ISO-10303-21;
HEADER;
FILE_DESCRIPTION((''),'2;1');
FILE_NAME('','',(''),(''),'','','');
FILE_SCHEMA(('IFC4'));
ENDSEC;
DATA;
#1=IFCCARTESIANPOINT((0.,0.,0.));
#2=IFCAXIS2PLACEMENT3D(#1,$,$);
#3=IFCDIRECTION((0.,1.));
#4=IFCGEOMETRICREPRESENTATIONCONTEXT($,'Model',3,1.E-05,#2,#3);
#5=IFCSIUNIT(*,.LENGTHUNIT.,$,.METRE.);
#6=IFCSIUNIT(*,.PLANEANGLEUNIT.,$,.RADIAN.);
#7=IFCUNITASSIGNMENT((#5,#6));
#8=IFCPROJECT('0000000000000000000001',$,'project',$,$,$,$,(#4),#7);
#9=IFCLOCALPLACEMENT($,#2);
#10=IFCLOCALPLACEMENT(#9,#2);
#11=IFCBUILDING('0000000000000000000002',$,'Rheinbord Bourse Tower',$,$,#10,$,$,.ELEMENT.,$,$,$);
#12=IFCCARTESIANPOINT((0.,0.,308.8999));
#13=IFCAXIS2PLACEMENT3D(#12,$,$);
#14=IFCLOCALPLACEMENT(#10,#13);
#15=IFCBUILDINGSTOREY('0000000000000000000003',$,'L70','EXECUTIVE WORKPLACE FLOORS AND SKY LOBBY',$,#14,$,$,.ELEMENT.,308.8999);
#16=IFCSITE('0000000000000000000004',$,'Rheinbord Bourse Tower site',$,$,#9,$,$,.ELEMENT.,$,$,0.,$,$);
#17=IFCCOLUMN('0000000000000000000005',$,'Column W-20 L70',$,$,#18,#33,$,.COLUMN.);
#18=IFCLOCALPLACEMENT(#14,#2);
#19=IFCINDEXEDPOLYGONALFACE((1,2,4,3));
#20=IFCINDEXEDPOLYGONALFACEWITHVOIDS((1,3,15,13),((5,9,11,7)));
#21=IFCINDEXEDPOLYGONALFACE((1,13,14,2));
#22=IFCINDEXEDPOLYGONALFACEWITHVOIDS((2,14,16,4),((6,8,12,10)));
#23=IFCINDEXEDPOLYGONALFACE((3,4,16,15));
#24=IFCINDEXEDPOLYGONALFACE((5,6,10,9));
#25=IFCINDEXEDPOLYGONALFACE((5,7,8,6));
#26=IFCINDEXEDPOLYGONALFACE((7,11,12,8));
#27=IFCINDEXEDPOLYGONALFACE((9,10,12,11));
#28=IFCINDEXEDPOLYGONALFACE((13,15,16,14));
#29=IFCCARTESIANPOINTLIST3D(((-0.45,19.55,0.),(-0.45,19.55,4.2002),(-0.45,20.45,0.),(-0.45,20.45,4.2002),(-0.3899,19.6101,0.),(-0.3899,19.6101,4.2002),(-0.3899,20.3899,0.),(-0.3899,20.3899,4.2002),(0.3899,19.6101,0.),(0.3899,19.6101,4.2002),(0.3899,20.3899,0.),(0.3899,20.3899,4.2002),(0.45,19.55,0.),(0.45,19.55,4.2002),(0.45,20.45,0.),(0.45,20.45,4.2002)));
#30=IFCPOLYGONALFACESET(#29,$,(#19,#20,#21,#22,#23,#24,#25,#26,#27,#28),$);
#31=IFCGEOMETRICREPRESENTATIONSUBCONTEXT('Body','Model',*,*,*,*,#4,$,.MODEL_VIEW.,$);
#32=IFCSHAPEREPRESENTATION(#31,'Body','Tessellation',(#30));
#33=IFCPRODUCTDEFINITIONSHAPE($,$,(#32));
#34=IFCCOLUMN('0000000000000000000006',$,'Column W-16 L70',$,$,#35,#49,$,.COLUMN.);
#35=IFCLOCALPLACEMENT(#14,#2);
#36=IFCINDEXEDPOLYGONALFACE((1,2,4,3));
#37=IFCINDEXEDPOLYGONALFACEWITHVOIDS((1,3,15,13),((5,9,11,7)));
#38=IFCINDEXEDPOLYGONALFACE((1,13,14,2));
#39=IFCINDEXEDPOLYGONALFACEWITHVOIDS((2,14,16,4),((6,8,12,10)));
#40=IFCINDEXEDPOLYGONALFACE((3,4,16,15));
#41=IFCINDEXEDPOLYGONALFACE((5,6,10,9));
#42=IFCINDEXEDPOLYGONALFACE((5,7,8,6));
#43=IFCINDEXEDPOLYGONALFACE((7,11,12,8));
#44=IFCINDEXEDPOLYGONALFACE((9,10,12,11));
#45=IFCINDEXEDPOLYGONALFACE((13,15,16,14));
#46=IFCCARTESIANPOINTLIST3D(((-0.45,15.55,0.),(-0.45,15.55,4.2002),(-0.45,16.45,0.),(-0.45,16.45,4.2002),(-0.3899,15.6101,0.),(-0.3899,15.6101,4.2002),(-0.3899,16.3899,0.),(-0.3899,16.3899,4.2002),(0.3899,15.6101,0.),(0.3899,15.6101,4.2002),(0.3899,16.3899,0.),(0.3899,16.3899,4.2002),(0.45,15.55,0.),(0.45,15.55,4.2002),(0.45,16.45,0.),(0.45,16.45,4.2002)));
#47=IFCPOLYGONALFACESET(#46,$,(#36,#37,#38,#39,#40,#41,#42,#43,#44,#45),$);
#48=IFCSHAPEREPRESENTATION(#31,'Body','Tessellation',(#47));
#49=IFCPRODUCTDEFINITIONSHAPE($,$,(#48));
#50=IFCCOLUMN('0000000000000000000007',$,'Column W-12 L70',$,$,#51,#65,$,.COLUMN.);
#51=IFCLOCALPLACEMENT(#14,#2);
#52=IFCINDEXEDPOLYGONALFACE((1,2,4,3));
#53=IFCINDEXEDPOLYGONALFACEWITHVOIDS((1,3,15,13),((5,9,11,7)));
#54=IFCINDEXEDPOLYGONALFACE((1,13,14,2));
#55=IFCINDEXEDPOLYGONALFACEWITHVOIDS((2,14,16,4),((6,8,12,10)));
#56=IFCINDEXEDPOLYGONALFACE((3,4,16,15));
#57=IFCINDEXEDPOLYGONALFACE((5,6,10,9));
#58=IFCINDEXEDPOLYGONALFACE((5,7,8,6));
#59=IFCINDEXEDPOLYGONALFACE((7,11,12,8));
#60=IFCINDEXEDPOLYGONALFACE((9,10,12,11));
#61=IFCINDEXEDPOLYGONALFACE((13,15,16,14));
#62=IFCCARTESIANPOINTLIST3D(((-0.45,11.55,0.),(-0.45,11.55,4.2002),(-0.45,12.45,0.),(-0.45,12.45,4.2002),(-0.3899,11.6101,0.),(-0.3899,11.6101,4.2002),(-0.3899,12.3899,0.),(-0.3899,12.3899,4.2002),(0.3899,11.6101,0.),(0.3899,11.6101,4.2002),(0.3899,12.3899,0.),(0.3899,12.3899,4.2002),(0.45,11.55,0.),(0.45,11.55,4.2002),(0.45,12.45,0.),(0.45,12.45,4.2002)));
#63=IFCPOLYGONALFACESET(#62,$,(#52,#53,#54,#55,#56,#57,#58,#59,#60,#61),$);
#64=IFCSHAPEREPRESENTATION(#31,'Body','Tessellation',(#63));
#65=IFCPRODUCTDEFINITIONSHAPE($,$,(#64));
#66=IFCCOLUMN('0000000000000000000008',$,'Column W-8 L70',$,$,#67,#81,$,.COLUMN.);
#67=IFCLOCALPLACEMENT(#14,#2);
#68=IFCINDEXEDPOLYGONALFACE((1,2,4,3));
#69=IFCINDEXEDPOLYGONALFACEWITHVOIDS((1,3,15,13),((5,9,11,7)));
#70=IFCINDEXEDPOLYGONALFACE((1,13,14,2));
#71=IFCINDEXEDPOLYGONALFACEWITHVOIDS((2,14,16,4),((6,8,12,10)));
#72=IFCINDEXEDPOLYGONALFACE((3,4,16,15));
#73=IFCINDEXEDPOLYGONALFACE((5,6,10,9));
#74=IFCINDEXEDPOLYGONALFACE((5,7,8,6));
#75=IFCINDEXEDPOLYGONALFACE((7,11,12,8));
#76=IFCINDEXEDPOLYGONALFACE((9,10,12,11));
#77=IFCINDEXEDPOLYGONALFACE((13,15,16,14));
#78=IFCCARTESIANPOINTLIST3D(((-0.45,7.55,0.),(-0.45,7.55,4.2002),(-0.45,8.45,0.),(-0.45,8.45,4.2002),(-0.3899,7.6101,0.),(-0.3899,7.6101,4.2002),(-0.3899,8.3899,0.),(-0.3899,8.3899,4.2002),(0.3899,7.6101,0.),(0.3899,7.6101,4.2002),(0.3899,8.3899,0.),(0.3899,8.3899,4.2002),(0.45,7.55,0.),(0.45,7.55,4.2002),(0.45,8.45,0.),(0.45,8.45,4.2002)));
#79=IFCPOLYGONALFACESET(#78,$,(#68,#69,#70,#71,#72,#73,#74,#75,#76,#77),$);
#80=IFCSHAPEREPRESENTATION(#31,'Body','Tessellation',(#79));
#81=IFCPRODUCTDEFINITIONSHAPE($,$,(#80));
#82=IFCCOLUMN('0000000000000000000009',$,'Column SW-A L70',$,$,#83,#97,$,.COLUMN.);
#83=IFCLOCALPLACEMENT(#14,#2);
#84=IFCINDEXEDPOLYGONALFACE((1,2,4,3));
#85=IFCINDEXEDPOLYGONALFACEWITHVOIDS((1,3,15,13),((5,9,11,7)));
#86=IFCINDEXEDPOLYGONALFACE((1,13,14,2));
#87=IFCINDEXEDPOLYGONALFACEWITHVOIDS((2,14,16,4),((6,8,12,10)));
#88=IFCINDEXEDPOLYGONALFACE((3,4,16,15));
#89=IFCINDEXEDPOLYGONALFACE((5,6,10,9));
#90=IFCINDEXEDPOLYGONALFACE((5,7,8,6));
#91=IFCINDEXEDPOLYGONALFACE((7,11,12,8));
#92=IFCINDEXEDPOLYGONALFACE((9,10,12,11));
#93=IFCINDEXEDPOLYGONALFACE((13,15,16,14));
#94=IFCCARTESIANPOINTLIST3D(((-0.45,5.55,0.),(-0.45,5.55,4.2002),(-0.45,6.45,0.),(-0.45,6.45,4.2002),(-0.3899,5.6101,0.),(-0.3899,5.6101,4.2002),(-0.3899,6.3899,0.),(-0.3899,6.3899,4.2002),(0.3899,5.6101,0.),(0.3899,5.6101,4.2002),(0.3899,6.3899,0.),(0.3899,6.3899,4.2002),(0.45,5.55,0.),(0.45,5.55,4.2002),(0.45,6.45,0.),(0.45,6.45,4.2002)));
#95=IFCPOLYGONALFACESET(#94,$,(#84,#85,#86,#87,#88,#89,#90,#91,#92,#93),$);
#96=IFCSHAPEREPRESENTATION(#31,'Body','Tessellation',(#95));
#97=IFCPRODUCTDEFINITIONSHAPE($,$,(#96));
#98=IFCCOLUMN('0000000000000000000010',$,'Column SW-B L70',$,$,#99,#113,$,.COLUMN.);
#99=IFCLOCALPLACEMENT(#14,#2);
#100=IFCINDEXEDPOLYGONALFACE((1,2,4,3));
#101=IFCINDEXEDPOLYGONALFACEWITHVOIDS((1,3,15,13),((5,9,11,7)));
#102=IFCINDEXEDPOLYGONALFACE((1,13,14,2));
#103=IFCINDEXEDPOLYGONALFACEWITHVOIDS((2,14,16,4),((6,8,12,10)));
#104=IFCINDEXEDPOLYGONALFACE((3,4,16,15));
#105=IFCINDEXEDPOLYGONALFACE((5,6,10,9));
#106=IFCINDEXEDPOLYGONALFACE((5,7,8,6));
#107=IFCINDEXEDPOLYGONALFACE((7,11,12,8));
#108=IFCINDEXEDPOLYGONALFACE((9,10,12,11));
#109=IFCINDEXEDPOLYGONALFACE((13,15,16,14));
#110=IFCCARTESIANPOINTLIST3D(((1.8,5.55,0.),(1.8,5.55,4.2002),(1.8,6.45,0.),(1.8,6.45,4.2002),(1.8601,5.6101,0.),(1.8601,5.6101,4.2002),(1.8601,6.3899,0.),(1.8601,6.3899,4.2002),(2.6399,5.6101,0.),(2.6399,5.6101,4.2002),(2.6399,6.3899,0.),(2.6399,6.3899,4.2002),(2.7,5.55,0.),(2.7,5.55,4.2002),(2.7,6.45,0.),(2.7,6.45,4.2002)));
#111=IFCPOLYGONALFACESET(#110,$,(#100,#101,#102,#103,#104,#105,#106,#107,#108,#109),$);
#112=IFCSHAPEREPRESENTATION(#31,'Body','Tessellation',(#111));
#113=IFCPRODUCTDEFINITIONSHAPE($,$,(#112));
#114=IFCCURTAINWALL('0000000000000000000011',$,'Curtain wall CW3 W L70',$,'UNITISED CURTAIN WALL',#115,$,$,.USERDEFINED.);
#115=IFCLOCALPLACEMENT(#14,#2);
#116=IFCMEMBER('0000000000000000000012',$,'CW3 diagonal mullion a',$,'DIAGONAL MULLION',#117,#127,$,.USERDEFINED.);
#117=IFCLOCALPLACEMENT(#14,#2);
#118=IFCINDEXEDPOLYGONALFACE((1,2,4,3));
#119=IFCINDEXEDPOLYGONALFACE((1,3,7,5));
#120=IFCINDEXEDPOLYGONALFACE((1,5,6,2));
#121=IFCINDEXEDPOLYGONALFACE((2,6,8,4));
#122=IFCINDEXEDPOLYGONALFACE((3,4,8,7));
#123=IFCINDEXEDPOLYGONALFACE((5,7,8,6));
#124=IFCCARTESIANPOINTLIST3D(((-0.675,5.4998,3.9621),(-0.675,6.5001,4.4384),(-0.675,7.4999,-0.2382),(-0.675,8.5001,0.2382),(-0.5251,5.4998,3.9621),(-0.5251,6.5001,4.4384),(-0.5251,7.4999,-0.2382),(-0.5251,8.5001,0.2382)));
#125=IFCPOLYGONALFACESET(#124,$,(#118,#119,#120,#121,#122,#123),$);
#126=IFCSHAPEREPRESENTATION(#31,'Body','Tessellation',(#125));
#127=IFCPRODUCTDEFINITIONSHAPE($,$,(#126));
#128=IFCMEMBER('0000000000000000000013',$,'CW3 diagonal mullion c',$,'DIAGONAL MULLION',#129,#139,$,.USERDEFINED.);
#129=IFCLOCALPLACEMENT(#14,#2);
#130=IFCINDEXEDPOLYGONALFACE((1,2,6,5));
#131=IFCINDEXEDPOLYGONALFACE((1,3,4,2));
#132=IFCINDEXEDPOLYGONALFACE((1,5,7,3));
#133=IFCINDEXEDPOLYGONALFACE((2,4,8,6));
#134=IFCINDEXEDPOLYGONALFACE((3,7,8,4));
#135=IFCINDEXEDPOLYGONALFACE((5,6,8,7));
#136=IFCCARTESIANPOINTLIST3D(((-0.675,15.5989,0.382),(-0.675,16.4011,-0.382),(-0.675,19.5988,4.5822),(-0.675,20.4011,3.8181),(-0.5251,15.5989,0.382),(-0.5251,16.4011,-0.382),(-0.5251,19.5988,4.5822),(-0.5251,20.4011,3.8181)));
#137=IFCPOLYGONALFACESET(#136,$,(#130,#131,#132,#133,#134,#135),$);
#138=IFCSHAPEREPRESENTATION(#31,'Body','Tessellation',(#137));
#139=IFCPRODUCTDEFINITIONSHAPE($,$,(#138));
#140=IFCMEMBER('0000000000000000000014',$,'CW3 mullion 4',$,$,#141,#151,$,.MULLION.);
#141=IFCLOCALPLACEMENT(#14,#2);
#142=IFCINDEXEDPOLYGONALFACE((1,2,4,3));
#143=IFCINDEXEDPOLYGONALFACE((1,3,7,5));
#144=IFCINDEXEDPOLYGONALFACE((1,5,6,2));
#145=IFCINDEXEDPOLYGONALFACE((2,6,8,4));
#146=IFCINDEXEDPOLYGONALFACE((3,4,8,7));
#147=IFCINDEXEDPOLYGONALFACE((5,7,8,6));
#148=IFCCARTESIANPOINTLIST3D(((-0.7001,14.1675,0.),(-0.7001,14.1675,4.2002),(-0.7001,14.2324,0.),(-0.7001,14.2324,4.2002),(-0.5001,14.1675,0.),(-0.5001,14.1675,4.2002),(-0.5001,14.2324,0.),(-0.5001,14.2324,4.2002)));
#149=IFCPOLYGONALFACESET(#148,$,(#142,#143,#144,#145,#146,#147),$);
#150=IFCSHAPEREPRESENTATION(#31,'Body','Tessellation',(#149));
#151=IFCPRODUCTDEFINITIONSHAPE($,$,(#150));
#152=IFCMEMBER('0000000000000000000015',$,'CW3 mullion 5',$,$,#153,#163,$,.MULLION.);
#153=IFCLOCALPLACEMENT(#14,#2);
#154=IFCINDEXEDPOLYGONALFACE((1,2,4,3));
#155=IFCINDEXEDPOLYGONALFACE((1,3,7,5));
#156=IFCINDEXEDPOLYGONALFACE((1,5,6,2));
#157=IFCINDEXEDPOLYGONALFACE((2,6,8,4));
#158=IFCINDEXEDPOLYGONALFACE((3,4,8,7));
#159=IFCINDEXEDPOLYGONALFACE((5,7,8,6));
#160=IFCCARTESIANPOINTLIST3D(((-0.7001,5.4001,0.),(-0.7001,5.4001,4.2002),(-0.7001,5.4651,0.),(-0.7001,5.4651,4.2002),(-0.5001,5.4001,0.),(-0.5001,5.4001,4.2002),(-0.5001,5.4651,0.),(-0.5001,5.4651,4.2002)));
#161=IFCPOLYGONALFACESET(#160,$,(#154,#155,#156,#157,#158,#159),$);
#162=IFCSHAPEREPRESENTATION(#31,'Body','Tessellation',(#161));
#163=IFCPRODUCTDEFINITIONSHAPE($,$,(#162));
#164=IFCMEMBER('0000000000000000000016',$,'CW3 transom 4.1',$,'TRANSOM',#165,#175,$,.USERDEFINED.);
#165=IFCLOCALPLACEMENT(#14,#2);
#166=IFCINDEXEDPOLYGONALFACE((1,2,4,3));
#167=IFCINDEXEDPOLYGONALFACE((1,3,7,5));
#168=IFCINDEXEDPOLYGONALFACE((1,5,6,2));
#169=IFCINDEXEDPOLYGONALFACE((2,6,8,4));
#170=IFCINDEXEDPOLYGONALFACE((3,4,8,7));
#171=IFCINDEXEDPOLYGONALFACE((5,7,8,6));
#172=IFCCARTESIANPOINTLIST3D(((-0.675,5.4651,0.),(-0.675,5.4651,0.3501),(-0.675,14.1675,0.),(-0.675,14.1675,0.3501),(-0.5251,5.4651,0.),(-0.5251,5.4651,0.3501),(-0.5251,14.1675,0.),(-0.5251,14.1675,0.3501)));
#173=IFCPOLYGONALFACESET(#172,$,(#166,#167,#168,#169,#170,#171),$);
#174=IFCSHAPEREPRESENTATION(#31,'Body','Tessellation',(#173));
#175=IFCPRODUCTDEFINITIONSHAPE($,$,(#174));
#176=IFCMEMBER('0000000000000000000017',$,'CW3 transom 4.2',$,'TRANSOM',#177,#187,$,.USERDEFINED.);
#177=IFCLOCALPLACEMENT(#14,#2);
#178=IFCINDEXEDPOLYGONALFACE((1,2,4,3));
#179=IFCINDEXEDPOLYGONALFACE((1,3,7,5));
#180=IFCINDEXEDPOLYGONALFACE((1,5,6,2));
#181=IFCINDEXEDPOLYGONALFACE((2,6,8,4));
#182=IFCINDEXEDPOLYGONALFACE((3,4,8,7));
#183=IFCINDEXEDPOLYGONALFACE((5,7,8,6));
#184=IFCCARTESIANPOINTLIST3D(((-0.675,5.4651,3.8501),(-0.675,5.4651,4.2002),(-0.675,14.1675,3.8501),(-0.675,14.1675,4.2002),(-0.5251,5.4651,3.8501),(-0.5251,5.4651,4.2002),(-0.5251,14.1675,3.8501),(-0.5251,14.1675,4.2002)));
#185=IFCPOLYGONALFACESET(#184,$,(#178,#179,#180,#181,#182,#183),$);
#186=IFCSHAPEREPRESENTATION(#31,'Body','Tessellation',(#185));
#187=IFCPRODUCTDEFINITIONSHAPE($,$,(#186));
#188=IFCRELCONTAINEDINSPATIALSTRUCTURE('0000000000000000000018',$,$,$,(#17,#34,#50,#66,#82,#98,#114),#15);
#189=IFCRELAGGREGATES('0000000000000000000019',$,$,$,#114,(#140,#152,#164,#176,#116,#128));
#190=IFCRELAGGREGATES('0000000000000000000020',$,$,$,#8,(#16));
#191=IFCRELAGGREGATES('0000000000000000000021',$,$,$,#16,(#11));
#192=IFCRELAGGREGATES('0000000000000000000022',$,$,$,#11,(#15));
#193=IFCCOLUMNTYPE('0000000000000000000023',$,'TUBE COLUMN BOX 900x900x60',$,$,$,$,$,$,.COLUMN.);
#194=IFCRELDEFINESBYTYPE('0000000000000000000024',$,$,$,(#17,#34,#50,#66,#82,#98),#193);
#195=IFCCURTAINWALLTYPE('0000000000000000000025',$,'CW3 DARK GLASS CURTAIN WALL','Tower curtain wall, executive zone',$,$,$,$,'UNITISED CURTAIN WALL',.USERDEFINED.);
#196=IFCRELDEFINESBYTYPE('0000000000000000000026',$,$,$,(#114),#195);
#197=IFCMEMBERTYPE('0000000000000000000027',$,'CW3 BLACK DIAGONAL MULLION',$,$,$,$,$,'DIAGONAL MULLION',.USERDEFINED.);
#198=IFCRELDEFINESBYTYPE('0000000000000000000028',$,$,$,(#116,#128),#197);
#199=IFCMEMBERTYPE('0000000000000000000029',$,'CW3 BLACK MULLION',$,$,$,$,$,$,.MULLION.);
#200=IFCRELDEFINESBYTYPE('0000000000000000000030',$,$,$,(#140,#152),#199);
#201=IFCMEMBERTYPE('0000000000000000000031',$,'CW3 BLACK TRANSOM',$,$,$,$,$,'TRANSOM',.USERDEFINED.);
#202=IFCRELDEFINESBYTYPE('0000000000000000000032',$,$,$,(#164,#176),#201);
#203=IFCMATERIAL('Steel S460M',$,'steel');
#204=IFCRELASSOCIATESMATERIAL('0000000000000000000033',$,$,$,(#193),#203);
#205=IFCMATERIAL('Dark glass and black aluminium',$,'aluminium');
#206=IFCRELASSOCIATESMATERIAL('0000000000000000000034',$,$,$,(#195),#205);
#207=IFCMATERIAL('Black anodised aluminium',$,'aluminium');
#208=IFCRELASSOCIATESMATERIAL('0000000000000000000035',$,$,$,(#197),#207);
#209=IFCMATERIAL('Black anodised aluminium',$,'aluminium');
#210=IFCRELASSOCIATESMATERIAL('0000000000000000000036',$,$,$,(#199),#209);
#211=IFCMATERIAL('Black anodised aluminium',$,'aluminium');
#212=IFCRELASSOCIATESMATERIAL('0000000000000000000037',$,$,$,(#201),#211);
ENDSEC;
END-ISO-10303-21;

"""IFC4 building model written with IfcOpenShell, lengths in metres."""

from ifc_helpers import new_model, si_unit, direction, frame, origin, origin_2d, place, context, subcontext, project, spatial, rectangle, hollow_rectangle, extrude, material, material_profile, profile_set, type_object, element, aggregate, save


model = new_model("IFC4")

# Units and contexts
model_context = context("Model", 3, precision=1e-05, world=origin(), true_north=direction((0.0, 1.0)))
body_context = subcontext(model_context, "Body", "Model", "MODEL_VIEW")
ifc_project = project(units=[si_unit("LENGTHUNIT", "METRE"), si_unit("PLANEANGLEUNIT", "RADIAN")], contexts=[model_context])

# Site, building, storey
site_placement = place(None, origin())
site = spatial("IfcSite", under=ifc_project, at=site_placement, Name="Rheinbord Bourse Tower site", CompositionType="ELEMENT", RefElevation=0.0)
building_placement = place(site_placement, origin())
building = spatial("IfcBuilding", under=site, at=building_placement, Name="Rheinbord Bourse Tower", CompositionType="ELEMENT")
storey_placement = place(building_placement, frame((0.0, 0.0, 308.8999)))
storey = spatial("IfcBuildingStorey", under=building, at=storey_placement, Name="L70", Description="EXECUTIVE WORKPLACE FLOORS AND SKY LOBBY", CompositionType="ELEMENT", Elevation=308.8999)

# Columns
ifc_material_1 = material(Name="Steel S460M", Category="steel")
ifc_material_profile_1 = material_profile(ifc_material_1, hollow_rectangle(XDim=0.8999, YDim=0.8999, WallThickness=0.0601, at=origin_2d()), Name="BOX 900x900x60")
ifc_profile_set_1 = profile_set([ifc_material_profile_1], Name="Steel S460M")
column_type = type_object("IfcColumnType", Name="TUBE COLUMN BOX 900x900x60", PredefinedType="COLUMN", material=ifc_profile_set_1)
for number, where, z_axis, x_axis, name in (
    (1, (0.0, 20.0, 0.0), (0.0, 0.0, 1.0), (1.0, 0.0, 0.0), "Column W-20 L70"),
    (2, (0.0, 16.0, 0.0), (0.0, 0.0, 1.0), (1.0, 0.0, 0.0), "Column W-16 L70"),
    (3, (0.0, 12.0, 0.0), (0.0, 0.0, 1.0), (1.0, 0.0, 0.0), "Column W-12 L70"),
    (4, (0.0, 8.0, 0.0), (0.0, 0.0, 1.0), (1.0, 0.0, 0.0), "Column W-8 L70"),
    (5, (0.0, 6.0, 0.0), (0.0, 0.0, 1.0), (1.0, 0.0, 0.0), "Column SW-A L70"),
    (6, (2.25, 6.0, 0.0), (0.0, 0.0, 1.0), (1.0, 0.0, 0.0), "Column SW-B L70"),
):
    element("IfcColumn", number, at=place(storey_placement, frame(where, z_axis=z_axis, x_axis=x_axis)), inside=storey, type_object=column_type, Name=name, PredefinedType="COLUMN", context=body_context, shape_type="SweptSolid", body=[
        extrude(hollow_rectangle(XDim=0.8999, YDim=0.8999, WallThickness=0.0601, at=origin_2d()), origin(), (0.0, 0.0, 1.0), 4.2002),
    ])

# Curtain wall, members
ifc_material_2 = material(Name="Dark glass and black aluminium", Category="aluminium")
curtain_wall_type = type_object("IfcCurtainWallType", Name="CW3 DARK GLASS CURTAIN WALL", Description="Tower curtain wall, executive zone", ElementType="UNITISED CURTAIN WALL", PredefinedType="USERDEFINED", material=ifc_material_2)
curtain_wall_placement = place(storey_placement, origin())
curtain_wall = element("IfcCurtainWall", 7, at=curtain_wall_placement, inside=storey, type_object=curtain_wall_type, Name="Curtain wall CW3 W L70", ObjectType="UNITISED CURTAIN WALL", PredefinedType="USERDEFINED")
ifc_material_3 = material(Name="Black anodised aluminium", Category="aluminium")
ifc_material_profile_2 = material_profile(ifc_material_3, rectangle(XDim=0.1499, YDim=1.1079, at=origin_2d()), Name="CW3 DIAGONAL MULLION 1108x150")
ifc_profile_set_2 = profile_set([ifc_material_profile_2], Name="Black anodised aluminium")
member_type_1 = type_object("IfcMemberType", Name="CW3 BLACK DIAGONAL MULLION", ElementType="DIAGONAL MULLION", PredefinedType="USERDEFINED", material=ifc_profile_set_2)
member_1_placement = place(storey_placement, frame((-0.6001, 8.0, 0.0), z_axis=(0.0, -0.429917, 0.902868), x_axis=(1.0, 0.0, 0.0)))
member_1 = element("IfcMember", 8, at=member_1_placement, type_object=member_type_1, Name="CW3 diagonal mullion a", ObjectType="DIAGONAL MULLION", PredefinedType="USERDEFINED", context=body_context, shape_type="SweptSolid", body=[
    extrude(rectangle(XDim=0.1499, YDim=1.1079, at=origin_2d()), origin(), (0.0, 0.0, 1.0), 4.6521),
])
member_2_placement = place(storey_placement, frame((-0.6001, 16.0, 0.0), z_axis=(0.0, 0.689638, 0.724154), x_axis=(-1.0, 0.0, 0.0)))
member_2 = element("IfcMember", 9, at=member_2_placement, type_object=member_type_1, Name="CW3 diagonal mullion c", ObjectType="DIAGONAL MULLION", PredefinedType="USERDEFINED", context=body_context, shape_type="SweptSolid", body=[
    extrude(rectangle(XDim=0.1499, YDim=1.1079, at=origin_2d()), origin(), (0.0, 0.0, 1.0), 5.8),
])
ifc_material_4 = material(Name="Black anodised aluminium", Category="aluminium")
ifc_material_profile_3 = material_profile(ifc_material_4, rectangle(XDim=0.2, YDim=0.0649, at=origin_2d()), Name="CW3 MULLION 65x200")
ifc_profile_set_3 = profile_set([ifc_material_profile_3], Name="Black anodised aluminium")
member_type_2 = type_object("IfcMemberType", Name="CW3 BLACK MULLION", PredefinedType="MULLION", material=ifc_profile_set_3)
member_3_placement = place(storey_placement, frame((-0.6001, 14.2, 0.0), z_axis=(0.0, 0.0, 1.0), x_axis=(1.0, 0.0, 0.0)))
member_3 = element("IfcMember", 10, at=member_3_placement, type_object=member_type_2, Name="CW3 mullion 4", PredefinedType="MULLION", context=body_context, shape_type="SweptSolid", body=[
    extrude(rectangle(XDim=0.2, YDim=0.0649, at=origin_2d()), origin(), (0.0, 0.0, 1.0), 4.2002),
])
member_4_placement = place(storey_placement, frame((-0.6001, 5.4326, 0.0), z_axis=(0.0, 0.0, 1.0), x_axis=(1.0, 0.0, 0.0)))
member_4 = element("IfcMember", 11, at=member_4_placement, type_object=member_type_2, Name="CW3 mullion 5", PredefinedType="MULLION", context=body_context, shape_type="SweptSolid", body=[
    extrude(rectangle(XDim=0.2, YDim=0.0649, at=origin_2d()), origin(), (0.0, 0.0, 1.0), 4.2002),
])
ifc_material_5 = material(Name="Black anodised aluminium", Category="aluminium")
ifc_material_profile_4 = material_profile(ifc_material_5, rectangle(XDim=0.1499, YDim=0.3501, at=origin_2d()), Name="CW3 TRANSOM 350x150")
ifc_profile_set_4 = profile_set([ifc_material_profile_4], Name="Black anodised aluminium")
member_type_3 = type_object("IfcMemberType", Name="CW3 BLACK TRANSOM", ElementType="TRANSOM", PredefinedType="USERDEFINED", material=ifc_profile_set_4)
member_5_placement = place(storey_placement, frame((-0.6001, 14.1675, 0.175), z_axis=(0.0, -1.0, 0.0), x_axis=(1.0, 0.0, 0.0)))
member_5 = element("IfcMember", 12, at=member_5_placement, type_object=member_type_3, Name="CW3 transom 4.1", ObjectType="TRANSOM", PredefinedType="USERDEFINED", context=body_context, shape_type="SweptSolid", body=[
    extrude(rectangle(XDim=0.1499, YDim=0.3501, at=origin_2d()), origin(), (0.0, 0.0, 1.0), 8.7024),
])
member_6_placement = place(storey_placement, frame((-0.6001, 14.1675, 4.0251), z_axis=(0.0, -1.0, 0.0), x_axis=(1.0, 0.0, 0.0)))
member_6 = element("IfcMember", 13, at=member_6_placement, type_object=member_type_3, Name="CW3 transom 4.2", ObjectType="TRANSOM", PredefinedType="USERDEFINED", context=body_context, shape_type="SweptSolid", body=[
    extrude(rectangle(XDim=0.1499, YDim=0.3501, at=origin_2d()), origin(), (0.0, 0.0, 1.0), 8.7024),
])

aggregate(curtain_wall, [member_3, member_4, member_5, member_6, member_1, member_2])

save(model, "model.ifc")
